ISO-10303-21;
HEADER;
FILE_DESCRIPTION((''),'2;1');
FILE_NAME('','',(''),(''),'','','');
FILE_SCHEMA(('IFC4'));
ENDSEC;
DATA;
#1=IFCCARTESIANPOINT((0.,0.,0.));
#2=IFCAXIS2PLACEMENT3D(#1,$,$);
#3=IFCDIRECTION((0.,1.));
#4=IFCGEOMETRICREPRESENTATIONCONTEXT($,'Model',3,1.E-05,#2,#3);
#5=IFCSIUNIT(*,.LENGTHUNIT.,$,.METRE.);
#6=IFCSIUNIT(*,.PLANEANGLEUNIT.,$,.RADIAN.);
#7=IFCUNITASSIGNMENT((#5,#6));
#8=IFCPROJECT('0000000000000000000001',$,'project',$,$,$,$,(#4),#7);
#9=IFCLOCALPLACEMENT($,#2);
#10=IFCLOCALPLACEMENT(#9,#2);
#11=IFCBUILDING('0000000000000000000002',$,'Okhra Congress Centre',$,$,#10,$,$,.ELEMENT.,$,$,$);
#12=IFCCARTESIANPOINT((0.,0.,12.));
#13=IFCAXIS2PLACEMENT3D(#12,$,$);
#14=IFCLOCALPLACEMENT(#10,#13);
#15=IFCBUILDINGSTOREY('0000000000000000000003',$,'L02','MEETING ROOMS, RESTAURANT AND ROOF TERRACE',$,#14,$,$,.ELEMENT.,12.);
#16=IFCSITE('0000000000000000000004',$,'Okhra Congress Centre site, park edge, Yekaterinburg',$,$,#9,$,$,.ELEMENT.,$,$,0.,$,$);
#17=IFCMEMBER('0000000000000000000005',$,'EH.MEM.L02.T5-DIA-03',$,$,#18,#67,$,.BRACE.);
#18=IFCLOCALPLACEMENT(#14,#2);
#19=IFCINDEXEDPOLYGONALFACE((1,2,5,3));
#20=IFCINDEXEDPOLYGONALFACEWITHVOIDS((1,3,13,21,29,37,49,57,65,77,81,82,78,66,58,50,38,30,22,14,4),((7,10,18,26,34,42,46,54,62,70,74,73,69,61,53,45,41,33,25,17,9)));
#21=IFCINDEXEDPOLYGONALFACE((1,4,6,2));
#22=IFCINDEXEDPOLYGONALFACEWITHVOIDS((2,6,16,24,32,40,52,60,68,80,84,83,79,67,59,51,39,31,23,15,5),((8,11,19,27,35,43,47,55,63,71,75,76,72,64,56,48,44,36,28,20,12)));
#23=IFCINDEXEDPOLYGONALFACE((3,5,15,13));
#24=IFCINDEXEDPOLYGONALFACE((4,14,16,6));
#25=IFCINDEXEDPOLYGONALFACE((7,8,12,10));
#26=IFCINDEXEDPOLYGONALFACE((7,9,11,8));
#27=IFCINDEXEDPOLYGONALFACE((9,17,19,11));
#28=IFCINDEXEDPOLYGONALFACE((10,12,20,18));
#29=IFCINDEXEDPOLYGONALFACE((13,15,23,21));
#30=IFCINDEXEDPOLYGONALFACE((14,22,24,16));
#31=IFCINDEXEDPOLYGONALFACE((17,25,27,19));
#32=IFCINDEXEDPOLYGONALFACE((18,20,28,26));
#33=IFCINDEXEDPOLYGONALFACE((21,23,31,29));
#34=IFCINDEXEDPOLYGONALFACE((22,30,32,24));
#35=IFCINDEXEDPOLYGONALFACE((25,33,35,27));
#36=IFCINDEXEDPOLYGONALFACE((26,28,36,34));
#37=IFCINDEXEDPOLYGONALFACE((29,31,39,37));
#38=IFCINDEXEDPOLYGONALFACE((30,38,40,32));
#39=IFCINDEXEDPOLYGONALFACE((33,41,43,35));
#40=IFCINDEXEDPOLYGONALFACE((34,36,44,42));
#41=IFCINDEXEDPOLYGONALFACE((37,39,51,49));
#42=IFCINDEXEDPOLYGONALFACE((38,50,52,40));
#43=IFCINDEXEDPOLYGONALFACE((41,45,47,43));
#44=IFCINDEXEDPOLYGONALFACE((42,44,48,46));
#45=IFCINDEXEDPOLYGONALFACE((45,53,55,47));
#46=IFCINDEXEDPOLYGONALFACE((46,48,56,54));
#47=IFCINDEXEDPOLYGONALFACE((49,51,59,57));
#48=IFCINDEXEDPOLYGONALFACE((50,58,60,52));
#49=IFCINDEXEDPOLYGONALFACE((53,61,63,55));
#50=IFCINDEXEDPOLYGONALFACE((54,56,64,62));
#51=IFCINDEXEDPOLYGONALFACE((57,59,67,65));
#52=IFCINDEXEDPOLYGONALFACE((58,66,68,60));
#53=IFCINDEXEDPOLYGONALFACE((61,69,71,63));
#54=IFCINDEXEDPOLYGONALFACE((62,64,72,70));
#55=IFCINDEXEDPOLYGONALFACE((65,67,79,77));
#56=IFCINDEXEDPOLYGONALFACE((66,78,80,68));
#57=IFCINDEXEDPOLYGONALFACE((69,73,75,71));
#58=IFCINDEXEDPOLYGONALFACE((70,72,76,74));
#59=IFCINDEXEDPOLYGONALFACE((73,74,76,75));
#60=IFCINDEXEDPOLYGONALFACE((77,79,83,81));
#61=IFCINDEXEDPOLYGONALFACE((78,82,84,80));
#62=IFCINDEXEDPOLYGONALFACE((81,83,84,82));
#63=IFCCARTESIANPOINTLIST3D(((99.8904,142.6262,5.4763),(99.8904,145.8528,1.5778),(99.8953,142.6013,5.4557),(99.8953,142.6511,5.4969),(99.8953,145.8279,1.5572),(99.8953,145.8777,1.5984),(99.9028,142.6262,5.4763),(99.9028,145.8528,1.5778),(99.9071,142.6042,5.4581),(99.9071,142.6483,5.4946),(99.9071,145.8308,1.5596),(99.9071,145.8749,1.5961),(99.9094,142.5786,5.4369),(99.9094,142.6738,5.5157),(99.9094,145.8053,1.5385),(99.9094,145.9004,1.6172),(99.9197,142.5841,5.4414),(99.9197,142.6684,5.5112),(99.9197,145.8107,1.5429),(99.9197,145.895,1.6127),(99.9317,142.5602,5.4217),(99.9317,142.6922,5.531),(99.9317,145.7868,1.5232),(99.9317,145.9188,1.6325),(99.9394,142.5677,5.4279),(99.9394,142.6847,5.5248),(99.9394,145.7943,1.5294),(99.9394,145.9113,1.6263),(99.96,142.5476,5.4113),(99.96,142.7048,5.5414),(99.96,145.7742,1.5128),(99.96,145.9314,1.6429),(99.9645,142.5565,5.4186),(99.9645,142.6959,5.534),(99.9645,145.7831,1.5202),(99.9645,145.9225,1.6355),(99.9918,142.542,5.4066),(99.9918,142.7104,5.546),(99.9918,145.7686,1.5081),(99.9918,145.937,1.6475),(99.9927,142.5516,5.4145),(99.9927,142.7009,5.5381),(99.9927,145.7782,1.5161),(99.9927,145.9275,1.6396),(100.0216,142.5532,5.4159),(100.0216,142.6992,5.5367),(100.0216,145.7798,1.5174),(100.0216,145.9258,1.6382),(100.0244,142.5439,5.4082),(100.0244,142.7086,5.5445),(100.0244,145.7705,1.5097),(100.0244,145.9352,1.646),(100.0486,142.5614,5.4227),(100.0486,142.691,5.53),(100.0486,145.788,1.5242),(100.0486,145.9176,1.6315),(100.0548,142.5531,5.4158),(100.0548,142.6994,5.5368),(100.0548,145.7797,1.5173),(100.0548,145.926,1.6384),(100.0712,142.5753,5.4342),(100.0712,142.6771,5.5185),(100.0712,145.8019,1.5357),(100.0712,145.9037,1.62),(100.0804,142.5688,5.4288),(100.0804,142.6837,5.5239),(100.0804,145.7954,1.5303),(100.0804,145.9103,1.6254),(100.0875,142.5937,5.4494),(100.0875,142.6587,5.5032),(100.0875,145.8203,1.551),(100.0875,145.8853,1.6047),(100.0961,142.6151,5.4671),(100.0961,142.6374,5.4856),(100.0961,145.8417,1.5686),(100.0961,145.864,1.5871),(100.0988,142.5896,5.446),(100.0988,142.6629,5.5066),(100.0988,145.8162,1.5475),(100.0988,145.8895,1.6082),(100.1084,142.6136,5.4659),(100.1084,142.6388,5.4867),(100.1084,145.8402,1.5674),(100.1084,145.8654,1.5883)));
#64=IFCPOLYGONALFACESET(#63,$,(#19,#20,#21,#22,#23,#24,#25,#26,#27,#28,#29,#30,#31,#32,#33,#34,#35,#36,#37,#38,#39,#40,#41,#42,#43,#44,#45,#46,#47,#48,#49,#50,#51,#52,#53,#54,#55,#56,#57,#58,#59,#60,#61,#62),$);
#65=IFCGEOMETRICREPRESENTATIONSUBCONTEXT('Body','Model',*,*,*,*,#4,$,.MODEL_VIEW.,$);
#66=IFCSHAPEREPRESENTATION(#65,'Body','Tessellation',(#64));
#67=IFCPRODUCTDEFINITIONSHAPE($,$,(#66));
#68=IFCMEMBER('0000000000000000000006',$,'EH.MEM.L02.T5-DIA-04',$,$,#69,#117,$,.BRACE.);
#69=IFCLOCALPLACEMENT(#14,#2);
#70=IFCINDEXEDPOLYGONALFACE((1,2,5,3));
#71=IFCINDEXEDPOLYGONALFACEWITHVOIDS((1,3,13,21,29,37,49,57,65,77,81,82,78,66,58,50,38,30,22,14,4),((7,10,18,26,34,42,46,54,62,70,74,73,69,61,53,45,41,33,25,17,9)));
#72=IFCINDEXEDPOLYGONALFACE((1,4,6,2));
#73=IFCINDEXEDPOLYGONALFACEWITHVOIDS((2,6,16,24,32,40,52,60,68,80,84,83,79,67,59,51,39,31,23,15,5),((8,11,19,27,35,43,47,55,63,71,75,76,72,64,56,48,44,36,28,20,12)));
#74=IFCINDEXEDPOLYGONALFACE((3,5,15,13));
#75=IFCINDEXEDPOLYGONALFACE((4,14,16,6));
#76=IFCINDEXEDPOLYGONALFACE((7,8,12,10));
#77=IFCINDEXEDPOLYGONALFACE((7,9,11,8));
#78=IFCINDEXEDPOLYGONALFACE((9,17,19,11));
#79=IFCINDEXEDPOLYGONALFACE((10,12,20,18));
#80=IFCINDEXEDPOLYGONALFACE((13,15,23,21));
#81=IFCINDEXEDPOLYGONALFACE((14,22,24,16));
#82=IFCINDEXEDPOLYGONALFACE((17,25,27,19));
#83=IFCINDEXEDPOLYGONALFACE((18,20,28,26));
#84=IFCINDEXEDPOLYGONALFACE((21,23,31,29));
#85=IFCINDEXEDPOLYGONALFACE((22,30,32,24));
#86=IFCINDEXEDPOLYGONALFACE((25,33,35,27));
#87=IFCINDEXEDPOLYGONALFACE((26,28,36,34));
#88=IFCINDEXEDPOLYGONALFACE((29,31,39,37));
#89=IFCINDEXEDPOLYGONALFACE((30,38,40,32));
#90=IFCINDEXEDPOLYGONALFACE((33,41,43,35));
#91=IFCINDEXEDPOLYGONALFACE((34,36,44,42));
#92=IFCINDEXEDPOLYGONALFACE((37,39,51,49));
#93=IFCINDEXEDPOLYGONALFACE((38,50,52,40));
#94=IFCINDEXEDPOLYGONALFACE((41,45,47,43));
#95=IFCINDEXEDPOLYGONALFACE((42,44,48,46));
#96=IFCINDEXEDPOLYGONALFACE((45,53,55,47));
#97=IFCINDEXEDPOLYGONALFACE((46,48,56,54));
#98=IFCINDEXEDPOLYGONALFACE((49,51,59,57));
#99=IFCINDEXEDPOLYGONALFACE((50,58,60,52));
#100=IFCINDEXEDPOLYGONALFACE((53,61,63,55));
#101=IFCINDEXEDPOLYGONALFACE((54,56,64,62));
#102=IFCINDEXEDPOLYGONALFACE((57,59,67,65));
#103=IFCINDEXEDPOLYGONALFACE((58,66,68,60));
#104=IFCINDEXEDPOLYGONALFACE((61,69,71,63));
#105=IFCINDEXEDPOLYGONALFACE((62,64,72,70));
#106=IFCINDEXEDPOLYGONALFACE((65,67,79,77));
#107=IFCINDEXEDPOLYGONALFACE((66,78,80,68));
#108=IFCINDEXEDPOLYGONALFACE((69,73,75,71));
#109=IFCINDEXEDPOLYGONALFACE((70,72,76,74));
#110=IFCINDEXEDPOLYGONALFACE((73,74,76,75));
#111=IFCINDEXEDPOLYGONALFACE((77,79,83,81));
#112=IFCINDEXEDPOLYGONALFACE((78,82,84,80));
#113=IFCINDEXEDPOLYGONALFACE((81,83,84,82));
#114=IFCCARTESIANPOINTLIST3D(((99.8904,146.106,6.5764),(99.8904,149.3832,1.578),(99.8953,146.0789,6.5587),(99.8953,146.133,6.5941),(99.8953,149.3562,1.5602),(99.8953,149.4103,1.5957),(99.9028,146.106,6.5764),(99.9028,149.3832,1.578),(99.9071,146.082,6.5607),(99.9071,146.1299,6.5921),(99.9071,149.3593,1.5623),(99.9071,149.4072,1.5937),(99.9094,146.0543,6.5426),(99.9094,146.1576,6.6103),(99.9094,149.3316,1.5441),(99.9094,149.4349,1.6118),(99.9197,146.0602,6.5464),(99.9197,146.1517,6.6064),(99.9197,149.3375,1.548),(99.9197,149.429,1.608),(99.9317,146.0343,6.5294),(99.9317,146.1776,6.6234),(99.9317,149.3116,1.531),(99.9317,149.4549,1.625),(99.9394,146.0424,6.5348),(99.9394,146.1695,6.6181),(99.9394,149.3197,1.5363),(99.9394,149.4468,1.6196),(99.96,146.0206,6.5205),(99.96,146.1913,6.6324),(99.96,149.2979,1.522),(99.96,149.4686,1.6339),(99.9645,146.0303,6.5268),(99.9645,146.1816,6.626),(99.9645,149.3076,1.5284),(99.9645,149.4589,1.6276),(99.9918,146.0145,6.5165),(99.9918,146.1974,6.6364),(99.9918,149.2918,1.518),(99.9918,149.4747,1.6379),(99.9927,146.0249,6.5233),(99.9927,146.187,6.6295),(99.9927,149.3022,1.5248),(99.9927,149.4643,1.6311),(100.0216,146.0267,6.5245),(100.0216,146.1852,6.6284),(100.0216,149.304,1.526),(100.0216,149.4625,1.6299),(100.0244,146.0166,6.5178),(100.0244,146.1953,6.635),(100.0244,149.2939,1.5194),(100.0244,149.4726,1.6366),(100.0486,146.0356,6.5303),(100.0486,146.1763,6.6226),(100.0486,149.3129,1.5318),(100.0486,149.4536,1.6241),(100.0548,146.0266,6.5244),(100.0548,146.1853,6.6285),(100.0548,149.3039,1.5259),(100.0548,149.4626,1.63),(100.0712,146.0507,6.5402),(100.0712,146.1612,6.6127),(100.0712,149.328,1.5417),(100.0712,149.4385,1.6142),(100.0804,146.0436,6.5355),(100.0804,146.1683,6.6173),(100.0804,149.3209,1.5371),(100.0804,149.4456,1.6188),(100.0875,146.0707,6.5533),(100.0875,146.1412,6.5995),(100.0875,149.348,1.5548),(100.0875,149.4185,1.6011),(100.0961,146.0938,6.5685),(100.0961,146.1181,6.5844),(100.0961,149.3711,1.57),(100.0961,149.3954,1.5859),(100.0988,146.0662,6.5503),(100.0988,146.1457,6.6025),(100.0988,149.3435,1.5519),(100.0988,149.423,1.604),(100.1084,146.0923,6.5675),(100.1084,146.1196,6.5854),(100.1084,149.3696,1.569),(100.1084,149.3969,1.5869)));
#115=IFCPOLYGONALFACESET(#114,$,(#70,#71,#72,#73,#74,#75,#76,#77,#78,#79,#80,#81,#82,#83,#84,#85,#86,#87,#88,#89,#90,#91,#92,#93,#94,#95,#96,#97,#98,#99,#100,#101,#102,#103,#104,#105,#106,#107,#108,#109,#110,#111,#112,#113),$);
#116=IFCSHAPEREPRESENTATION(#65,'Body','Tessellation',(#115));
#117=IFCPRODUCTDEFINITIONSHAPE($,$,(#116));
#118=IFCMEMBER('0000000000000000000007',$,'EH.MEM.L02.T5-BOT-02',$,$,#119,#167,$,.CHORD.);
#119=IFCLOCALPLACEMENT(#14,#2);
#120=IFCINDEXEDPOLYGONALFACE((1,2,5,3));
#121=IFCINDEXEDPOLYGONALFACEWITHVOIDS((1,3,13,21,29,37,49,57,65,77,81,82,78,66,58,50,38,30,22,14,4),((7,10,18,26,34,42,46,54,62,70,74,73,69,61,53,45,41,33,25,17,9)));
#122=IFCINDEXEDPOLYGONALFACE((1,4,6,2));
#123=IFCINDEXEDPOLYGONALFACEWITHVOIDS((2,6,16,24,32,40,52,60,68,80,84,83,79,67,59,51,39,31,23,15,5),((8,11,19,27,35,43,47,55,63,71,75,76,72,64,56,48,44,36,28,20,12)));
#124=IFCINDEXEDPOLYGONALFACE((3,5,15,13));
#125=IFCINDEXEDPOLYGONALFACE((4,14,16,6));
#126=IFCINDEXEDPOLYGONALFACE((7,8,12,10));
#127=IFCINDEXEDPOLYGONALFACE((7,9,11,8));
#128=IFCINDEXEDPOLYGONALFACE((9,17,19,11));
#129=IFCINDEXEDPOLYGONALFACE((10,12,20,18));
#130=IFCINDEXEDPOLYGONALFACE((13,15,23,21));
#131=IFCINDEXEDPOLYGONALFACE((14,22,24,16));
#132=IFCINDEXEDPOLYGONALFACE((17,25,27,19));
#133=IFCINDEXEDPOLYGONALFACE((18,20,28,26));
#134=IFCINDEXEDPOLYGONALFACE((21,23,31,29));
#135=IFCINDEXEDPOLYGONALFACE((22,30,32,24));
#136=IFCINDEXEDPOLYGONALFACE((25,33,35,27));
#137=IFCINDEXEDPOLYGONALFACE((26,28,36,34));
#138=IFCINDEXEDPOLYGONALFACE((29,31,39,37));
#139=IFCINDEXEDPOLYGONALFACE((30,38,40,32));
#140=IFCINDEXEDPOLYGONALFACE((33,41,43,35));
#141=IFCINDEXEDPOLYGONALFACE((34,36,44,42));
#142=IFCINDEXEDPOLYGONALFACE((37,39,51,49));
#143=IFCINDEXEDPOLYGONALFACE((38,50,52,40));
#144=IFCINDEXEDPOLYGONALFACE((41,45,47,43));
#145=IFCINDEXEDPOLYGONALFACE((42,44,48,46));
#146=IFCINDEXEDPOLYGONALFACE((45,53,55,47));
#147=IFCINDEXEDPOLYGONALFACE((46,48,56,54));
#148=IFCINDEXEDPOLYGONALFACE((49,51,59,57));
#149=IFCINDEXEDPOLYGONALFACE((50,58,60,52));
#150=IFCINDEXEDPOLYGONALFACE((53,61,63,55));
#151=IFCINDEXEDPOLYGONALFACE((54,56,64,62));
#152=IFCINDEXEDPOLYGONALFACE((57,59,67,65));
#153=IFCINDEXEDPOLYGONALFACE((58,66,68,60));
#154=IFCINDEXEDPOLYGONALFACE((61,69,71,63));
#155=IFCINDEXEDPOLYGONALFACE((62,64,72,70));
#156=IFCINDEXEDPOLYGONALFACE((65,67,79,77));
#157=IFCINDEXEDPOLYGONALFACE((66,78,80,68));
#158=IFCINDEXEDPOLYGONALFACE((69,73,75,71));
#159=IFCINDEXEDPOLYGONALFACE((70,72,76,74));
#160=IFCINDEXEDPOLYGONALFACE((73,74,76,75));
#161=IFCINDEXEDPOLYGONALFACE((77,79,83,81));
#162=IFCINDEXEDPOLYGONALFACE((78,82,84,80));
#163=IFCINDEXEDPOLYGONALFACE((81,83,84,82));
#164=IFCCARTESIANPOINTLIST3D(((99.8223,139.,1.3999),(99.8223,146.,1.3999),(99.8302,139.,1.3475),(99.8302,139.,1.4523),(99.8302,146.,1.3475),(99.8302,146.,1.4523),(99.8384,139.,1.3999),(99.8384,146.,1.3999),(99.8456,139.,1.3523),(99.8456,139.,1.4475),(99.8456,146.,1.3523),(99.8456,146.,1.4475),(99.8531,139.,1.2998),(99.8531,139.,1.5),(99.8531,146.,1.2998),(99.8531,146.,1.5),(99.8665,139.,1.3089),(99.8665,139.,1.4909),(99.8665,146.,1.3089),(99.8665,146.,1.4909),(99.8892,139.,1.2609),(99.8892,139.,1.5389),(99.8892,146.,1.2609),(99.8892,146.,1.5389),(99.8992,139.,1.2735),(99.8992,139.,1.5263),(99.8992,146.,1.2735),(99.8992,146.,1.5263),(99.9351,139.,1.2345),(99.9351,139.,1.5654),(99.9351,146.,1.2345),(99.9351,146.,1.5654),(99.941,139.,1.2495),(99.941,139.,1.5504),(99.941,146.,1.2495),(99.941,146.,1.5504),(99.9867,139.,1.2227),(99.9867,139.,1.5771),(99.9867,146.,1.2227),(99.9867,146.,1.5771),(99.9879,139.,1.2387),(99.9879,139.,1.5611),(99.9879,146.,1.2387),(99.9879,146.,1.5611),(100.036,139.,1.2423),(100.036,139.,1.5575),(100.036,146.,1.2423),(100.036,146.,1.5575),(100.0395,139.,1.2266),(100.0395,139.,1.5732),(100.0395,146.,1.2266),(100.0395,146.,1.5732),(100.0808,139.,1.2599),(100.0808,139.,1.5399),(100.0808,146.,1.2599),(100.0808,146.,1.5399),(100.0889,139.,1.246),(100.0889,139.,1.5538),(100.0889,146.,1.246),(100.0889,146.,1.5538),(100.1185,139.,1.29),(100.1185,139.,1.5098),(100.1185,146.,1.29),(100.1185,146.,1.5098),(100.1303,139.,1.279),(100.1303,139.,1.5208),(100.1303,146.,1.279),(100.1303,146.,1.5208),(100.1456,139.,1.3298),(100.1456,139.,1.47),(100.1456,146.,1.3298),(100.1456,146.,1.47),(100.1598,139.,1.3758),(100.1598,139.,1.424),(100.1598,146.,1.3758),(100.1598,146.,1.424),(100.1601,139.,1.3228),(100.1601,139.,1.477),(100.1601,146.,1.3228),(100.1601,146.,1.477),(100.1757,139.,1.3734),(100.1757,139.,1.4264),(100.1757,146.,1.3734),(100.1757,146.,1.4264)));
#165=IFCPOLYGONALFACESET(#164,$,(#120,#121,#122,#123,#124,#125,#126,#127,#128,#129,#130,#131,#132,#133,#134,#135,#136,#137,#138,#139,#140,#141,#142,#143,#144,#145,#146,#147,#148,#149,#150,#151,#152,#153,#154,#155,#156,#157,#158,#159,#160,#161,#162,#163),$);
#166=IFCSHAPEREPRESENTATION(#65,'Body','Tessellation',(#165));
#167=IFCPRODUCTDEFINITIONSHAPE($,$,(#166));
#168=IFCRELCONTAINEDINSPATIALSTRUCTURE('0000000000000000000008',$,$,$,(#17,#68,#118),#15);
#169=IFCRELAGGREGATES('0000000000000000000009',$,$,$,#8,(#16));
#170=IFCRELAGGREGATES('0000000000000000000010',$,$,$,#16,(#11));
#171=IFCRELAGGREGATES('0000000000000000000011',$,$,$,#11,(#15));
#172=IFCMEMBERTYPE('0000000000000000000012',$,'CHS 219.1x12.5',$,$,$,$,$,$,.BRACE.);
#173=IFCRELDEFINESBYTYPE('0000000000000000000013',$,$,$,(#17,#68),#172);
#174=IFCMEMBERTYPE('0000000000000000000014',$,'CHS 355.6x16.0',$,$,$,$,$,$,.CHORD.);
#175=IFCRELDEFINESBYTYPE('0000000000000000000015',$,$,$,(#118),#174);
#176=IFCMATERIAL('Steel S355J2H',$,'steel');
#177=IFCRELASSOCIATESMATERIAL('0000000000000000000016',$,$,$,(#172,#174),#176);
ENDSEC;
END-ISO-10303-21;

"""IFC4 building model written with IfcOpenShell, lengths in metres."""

from ifc_helpers import new_model, si_unit, direction, frame, origin, origin_2d, place, context, subcontext, project, spatial, hollow_circle, extrude, material, material_profile, profile_set, type_object, element, save


model = new_model("IFC4")

# Units and contexts
model_context = context("Model", 3, precision=1e-05, world=origin(), true_north=direction((0.0, 1.0)))
body_context = subcontext(model_context, "Body", "Model", "MODEL_VIEW")
ifc_project = project(units=[si_unit("LENGTHUNIT", "METRE"), si_unit("PLANEANGLEUNIT", "RADIAN")], contexts=[model_context])

# Site, building, storey
site_placement = place(None, origin())
site = spatial("IfcSite", under=ifc_project, at=site_placement, Name="Okhra Congress Centre site, park edge, Yekaterinburg", CompositionType="ELEMENT", RefElevation=0.0)
building_placement = place(site_placement, origin())
building = spatial("IfcBuilding", under=site, at=building_placement, Name="Okhra Congress Centre", CompositionType="ELEMENT")
storey_placement = place(building_placement, frame((0.0, 0.0, 12.0)))
storey = spatial("IfcBuildingStorey", under=building, at=storey_placement, Name="L02", Description="MEETING ROOMS, RESTAURANT AND ROOF TERRACE", CompositionType="ELEMENT", Elevation=12.0)

# Members
ifc_material_1 = material(Name="Steel S355J2H", Category="steel")
ifc_material_profile_1 = material_profile(ifc_material_1, hollow_circle(Radius=0.1096, WallThickness=0.0125, at=origin_2d()), Name="CHS 219.1x12.5")
ifc_profile_set_1 = profile_set([ifc_material_profile_1], Name="Steel S355J2H")
member_type_1 = type_object("IfcMemberType", Name="CHS 219.1x12.5", PredefinedType="BRACE", material=ifc_profile_set_1)
member_1_placement = place(storey_placement, frame((100.0, 142.6262, 5.4763), z_axis=(0.0, 0.637599, -0.770368), x_axis=(-1.0, 0.0, 0.0)))
element("IfcMember", 1, at=member_1_placement, inside=storey, type_object=member_type_1, Name="EH.MEM.L02.T5-DIA-03", PredefinedType="BRACE", context=body_context, shape_type="SweptSolid", body=[
    extrude(hollow_circle(Radius=0.1096, WallThickness=0.0125, at=origin_2d()), origin(), (0.0, 0.0, 1.0), 5.0605),
])
member_2_placement = place(storey_placement, frame((100.0, 146.106, 6.5764), z_axis=(0.0, 0.548312, -0.836274), x_axis=(-1.0, 0.0, 0.0)))
element("IfcMember", 2, at=member_2_placement, inside=storey, type_object=member_type_1, Name="EH.MEM.L02.T5-DIA-04", PredefinedType="BRACE", context=body_context, shape_type="SweptSolid", body=[
    extrude(hollow_circle(Radius=0.1096, WallThickness=0.0125, at=origin_2d()), origin(), (0.0, 0.0, 1.0), 5.9771),
])
ifc_material_profile_2 = material_profile(ifc_material_1, hollow_circle(Radius=0.1777, WallThickness=0.0161, at=origin_2d()), Name="CHS 355.6x16.0")
ifc_profile_set_2 = profile_set([ifc_material_profile_2], Name="Steel S355J2H")
member_type_2 = type_object("IfcMemberType", Name="CHS 355.6x16.0", PredefinedType="CHORD", material=ifc_profile_set_2)
for number, where, z_axis, x_axis, name in (
    (3, (100.0, 139.0, 1.3999), (0.0, 1.0, 0.0), (-1.0, 0.0, 0.0), "EH.MEM.L02.T5-BOT-02"),
):
    element("IfcMember", number, at=place(storey_placement, frame(where, z_axis=z_axis, x_axis=x_axis)), inside=storey, type_object=member_type_2, Name=name, PredefinedType="CHORD", context=body_context, shape_type="SweptSolid", body=[
        extrude(hollow_circle(Radius=0.1777, WallThickness=0.0161, at=origin_2d()), origin(), (0.0, 0.0, 1.0), 7.0),
    ])

save(model, "model.ifc")
